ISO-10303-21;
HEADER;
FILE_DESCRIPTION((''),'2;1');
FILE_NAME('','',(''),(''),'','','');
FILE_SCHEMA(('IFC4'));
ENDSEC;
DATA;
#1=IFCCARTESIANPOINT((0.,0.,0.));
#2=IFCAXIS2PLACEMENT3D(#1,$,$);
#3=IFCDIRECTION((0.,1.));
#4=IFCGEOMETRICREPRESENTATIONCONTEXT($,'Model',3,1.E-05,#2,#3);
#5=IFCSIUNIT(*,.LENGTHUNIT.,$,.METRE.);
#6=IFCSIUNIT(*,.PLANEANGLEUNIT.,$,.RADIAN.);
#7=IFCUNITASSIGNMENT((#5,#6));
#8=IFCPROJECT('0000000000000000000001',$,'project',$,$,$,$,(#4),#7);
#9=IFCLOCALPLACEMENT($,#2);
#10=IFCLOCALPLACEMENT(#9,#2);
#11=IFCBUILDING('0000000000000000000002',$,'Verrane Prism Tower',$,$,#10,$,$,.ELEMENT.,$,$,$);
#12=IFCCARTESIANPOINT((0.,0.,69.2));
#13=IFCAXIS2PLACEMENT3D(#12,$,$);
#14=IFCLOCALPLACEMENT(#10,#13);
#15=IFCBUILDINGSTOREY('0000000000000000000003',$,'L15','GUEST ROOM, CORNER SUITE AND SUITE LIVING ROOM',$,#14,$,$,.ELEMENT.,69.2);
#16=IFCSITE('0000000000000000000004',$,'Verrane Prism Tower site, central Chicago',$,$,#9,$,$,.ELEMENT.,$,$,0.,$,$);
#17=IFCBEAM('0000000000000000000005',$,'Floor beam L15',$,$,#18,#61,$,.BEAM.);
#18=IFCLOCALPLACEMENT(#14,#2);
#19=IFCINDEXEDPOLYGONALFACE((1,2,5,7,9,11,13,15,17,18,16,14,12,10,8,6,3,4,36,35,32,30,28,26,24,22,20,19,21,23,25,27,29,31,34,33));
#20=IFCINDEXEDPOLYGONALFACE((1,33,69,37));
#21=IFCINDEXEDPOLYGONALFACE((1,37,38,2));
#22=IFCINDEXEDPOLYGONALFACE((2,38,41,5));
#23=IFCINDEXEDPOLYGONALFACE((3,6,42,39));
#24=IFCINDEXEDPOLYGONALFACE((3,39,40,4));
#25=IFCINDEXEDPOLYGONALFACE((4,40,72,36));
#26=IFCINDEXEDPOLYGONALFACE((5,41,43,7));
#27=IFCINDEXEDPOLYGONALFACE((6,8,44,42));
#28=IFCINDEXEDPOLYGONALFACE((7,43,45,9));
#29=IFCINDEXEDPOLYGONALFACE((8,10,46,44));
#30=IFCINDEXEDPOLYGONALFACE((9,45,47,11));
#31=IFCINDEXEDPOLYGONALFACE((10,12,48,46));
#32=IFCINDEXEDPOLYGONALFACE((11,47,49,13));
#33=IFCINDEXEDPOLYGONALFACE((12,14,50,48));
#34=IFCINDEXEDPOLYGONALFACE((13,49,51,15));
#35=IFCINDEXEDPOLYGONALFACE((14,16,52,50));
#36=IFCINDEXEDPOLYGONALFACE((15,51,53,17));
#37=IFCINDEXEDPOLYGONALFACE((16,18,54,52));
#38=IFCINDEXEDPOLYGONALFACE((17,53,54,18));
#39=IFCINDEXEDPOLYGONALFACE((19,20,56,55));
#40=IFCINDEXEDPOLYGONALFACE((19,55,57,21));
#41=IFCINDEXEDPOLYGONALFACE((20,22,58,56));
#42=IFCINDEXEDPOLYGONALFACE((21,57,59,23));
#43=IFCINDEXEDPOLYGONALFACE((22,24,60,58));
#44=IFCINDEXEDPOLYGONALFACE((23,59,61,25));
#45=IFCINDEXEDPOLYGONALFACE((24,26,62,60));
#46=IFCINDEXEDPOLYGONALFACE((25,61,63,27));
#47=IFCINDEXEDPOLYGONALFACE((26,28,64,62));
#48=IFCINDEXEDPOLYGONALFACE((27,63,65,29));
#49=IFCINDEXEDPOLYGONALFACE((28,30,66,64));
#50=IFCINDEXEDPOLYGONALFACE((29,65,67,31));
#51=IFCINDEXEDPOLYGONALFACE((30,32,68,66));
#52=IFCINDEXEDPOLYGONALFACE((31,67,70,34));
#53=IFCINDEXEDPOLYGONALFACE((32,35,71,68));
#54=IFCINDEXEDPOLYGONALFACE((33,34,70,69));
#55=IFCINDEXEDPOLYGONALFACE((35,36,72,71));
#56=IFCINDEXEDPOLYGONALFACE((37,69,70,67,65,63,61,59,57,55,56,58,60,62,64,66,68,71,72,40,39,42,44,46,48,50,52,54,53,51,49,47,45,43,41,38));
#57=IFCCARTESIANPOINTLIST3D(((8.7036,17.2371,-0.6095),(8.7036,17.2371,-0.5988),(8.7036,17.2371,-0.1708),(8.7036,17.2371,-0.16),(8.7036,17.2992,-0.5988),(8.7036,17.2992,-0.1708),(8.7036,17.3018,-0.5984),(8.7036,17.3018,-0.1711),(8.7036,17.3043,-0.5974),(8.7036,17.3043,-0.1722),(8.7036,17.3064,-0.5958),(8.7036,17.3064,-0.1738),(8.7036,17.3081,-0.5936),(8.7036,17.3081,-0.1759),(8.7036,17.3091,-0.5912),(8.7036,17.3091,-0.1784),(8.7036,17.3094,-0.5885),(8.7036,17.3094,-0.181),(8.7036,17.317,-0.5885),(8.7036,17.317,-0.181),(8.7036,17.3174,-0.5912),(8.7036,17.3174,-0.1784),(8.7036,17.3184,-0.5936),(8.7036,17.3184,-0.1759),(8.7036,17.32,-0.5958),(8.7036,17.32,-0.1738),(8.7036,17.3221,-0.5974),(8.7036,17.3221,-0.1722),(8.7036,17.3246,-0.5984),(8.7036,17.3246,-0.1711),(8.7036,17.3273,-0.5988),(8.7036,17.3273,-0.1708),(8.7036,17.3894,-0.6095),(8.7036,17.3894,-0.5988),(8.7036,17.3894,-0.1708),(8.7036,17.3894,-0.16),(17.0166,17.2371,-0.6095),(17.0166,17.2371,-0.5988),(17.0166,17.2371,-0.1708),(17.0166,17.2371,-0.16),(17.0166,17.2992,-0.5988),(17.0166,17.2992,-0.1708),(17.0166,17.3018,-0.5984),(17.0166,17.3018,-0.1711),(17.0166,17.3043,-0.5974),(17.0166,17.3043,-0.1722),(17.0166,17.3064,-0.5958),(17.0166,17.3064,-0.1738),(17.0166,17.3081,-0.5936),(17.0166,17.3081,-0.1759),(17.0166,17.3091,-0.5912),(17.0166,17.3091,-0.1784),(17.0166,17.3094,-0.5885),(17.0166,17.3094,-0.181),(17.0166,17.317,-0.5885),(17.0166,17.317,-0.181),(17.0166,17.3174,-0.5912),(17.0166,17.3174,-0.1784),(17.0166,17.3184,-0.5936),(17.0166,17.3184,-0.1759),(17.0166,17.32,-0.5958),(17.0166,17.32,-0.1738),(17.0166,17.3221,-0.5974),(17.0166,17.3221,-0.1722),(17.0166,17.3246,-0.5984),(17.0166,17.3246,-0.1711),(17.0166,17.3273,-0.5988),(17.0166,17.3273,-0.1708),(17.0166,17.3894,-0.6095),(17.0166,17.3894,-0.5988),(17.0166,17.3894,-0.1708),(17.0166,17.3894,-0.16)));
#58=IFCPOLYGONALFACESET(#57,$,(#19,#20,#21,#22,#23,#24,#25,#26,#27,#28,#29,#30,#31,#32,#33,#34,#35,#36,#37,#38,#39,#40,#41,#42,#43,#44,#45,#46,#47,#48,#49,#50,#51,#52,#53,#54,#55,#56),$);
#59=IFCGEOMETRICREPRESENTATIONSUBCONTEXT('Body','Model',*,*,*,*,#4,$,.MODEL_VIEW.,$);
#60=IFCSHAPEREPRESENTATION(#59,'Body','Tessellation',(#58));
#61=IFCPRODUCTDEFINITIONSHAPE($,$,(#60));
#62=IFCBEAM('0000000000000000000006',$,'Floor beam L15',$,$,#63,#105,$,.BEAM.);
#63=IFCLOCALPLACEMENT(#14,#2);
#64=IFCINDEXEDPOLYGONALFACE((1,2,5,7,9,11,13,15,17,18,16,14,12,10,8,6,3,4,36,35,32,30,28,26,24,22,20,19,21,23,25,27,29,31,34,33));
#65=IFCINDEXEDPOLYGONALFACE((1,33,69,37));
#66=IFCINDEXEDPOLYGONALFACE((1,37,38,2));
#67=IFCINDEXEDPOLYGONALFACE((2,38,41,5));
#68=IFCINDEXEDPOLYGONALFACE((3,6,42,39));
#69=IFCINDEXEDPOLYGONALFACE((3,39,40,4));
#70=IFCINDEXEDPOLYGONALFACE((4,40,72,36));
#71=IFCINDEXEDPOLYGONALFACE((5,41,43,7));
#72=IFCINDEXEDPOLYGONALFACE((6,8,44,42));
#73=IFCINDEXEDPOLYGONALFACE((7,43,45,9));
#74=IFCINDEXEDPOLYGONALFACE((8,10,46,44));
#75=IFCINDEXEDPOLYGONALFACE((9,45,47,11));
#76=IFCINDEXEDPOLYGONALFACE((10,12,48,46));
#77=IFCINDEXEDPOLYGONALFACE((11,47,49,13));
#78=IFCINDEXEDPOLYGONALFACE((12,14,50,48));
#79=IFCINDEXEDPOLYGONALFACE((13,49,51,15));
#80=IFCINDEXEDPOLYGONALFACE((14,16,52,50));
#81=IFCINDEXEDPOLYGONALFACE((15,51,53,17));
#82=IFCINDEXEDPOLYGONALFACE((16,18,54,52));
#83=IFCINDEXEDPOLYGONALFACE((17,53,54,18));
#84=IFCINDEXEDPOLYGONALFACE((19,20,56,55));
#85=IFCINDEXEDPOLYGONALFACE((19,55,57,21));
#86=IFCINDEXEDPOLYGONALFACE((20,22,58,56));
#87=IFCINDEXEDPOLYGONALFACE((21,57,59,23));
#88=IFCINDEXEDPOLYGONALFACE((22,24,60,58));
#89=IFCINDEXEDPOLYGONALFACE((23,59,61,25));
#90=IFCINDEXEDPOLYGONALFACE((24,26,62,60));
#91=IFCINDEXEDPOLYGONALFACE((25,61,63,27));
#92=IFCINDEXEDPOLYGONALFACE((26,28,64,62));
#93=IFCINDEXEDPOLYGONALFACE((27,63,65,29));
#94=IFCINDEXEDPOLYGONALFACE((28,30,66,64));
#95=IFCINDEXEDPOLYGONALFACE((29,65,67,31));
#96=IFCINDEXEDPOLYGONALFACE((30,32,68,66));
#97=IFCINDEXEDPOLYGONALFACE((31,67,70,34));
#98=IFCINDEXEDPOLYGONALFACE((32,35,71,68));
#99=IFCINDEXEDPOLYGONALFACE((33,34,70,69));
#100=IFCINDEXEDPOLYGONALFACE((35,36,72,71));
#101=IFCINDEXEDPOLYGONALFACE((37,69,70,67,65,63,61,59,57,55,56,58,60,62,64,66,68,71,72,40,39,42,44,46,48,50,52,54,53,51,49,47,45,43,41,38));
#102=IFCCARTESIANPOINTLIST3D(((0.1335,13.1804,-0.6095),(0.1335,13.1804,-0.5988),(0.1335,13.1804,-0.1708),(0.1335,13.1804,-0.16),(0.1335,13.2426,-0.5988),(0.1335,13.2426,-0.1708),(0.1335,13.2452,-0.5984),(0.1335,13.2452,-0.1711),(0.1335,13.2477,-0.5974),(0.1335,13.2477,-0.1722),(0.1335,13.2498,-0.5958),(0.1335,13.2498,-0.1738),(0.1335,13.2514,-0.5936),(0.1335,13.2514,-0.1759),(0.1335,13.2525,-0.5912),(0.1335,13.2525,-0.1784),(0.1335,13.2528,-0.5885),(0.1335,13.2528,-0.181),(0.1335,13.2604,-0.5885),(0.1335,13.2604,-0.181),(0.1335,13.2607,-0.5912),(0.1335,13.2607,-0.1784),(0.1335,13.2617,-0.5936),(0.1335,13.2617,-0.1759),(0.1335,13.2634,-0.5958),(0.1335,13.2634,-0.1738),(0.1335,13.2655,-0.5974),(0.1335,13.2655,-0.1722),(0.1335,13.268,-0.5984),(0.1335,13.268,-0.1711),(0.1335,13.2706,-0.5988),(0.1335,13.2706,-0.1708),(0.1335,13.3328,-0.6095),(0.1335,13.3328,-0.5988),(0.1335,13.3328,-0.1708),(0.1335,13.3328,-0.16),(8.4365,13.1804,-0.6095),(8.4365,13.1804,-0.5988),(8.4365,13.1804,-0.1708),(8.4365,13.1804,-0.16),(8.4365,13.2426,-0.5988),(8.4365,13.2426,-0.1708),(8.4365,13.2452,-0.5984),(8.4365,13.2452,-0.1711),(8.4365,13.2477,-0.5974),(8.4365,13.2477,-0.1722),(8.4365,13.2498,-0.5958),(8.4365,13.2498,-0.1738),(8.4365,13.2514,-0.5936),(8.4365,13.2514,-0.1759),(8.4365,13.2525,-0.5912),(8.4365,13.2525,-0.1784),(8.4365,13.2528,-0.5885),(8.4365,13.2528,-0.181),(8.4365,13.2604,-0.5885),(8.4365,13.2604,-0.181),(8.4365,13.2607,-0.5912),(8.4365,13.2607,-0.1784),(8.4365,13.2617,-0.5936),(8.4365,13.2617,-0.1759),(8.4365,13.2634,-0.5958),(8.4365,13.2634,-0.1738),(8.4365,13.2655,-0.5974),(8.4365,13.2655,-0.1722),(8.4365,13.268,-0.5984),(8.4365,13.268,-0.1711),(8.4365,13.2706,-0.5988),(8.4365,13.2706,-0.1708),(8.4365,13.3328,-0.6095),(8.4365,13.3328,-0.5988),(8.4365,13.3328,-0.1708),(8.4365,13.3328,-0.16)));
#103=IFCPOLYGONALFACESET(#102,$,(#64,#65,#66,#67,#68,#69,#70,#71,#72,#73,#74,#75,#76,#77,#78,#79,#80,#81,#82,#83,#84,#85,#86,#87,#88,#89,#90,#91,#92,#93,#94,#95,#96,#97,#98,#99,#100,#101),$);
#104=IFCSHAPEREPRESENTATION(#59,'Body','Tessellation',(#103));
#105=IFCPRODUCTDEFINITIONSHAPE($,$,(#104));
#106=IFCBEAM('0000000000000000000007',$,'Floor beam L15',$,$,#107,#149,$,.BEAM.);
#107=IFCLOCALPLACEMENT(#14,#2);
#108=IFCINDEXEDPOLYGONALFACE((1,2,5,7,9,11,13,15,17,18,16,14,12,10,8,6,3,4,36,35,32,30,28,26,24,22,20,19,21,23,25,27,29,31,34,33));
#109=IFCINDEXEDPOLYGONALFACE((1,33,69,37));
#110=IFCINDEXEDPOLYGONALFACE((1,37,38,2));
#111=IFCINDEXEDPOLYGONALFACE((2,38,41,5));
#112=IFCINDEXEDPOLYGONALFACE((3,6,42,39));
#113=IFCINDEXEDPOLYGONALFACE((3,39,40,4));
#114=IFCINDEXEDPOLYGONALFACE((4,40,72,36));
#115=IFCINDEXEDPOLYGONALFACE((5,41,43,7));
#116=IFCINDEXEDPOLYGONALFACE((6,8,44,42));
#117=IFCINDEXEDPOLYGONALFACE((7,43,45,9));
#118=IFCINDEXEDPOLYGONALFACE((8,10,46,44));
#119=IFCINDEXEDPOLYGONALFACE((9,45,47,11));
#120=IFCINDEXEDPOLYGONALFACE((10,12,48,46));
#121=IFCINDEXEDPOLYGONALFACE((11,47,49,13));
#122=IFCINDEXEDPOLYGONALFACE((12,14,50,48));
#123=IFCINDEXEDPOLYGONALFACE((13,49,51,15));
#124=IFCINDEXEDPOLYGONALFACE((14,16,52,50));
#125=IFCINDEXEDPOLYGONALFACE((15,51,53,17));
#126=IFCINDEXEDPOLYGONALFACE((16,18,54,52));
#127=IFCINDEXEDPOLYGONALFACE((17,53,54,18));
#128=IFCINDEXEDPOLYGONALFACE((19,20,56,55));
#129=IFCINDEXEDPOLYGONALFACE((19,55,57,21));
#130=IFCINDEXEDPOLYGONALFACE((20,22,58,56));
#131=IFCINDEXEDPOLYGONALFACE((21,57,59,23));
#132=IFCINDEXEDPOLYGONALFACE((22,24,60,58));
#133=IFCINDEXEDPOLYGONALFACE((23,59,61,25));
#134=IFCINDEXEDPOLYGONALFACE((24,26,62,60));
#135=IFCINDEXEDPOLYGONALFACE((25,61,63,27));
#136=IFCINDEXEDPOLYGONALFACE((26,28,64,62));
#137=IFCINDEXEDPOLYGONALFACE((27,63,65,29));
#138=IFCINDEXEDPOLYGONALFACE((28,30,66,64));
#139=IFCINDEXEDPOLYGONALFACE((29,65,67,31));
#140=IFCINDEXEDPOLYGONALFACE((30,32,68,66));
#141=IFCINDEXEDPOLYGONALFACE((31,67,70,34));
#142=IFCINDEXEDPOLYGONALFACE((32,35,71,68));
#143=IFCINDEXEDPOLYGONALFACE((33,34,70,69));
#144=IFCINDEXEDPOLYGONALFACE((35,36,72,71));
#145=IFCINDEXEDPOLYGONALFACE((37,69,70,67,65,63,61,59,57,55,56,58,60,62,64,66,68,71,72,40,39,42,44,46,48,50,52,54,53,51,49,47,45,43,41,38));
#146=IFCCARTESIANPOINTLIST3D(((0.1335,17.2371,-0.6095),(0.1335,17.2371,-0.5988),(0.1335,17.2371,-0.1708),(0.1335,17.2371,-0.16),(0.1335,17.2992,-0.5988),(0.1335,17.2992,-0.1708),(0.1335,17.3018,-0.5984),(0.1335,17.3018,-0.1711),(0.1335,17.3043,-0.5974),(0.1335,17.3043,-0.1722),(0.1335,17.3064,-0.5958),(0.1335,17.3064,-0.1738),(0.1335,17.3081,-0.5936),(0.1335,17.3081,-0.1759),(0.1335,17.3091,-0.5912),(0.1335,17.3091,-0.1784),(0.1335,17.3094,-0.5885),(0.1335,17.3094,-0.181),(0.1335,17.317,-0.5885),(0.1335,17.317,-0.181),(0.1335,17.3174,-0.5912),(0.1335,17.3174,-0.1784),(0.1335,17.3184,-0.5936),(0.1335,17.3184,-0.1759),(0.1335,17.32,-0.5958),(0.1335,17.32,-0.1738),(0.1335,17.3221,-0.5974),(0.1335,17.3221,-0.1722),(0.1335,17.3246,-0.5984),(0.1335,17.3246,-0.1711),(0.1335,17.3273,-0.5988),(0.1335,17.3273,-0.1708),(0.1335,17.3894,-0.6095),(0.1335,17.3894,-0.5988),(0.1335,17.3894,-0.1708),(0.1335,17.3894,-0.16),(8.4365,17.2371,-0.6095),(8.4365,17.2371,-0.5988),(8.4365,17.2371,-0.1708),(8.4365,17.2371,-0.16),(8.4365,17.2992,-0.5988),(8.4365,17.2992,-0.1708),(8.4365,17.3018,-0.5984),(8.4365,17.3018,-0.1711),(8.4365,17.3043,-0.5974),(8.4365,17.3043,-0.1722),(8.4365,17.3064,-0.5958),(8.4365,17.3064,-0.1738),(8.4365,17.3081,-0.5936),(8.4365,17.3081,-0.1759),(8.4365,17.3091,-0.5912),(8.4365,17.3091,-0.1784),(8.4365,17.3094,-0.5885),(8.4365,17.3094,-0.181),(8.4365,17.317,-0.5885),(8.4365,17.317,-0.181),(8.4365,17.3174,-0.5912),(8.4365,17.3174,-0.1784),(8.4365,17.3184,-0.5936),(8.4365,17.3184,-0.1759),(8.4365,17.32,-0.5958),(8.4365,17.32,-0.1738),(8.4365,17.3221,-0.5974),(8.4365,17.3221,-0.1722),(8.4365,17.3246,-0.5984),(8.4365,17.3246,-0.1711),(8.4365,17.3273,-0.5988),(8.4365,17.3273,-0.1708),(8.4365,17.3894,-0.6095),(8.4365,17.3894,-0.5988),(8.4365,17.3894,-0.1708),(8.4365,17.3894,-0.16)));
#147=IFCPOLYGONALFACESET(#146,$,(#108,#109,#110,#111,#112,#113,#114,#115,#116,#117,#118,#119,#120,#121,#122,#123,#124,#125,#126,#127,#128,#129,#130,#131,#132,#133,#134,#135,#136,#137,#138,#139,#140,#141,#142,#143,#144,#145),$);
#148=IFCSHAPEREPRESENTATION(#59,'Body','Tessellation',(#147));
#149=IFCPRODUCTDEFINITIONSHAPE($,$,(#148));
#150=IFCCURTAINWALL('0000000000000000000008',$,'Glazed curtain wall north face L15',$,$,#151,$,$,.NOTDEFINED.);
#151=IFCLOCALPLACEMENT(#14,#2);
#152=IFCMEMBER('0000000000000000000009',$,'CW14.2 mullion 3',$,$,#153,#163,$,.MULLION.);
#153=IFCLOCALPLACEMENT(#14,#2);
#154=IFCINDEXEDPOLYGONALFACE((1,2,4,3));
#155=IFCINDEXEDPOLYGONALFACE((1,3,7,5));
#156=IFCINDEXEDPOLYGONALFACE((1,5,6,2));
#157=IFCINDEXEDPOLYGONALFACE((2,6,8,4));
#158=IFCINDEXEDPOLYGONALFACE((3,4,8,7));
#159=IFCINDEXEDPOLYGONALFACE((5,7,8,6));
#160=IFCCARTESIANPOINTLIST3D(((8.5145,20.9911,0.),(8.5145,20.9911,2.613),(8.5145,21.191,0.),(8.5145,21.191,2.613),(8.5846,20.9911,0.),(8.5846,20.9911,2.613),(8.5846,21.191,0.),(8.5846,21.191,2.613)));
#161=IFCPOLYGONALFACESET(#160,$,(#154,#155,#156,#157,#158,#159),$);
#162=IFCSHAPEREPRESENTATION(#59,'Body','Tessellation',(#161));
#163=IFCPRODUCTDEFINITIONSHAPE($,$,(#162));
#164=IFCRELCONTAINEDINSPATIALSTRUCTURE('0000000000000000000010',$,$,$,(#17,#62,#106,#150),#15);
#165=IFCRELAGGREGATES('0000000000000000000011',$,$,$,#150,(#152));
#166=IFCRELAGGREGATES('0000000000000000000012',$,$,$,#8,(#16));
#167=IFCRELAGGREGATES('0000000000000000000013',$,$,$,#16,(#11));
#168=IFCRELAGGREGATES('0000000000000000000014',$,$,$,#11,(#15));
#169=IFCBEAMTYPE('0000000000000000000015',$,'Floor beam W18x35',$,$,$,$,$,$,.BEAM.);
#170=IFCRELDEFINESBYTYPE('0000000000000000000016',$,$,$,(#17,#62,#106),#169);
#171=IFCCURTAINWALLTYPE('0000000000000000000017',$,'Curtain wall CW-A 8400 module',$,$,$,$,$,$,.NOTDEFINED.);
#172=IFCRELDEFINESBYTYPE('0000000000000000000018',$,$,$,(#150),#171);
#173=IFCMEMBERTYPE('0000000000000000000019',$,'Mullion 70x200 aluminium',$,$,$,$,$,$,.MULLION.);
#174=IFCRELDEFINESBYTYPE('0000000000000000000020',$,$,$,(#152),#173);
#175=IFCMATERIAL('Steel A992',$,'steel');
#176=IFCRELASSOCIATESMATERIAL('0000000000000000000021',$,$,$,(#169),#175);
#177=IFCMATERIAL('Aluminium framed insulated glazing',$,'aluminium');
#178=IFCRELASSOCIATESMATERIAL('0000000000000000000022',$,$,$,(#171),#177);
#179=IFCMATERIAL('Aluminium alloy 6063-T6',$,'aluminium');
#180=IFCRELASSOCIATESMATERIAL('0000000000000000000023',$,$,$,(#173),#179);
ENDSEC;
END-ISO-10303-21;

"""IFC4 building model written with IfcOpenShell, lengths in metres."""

from ifc_helpers import new_model, si_unit, direction, frame, origin, origin_2d, place, context, subcontext, project, spatial, rectangle, i_section, extrude, material, material_profile, profile_set, type_object, element, aggregate, save


model = new_model("IFC4")

# Units and contexts
model_context = context("Model", 3, precision=1e-05, world=origin(), true_north=direction((0.0, 1.0)))
body_context = subcontext(model_context, "Body", "Model", "MODEL_VIEW")
ifc_project = project(units=[si_unit("LENGTHUNIT", "METRE"), si_unit("PLANEANGLEUNIT", "RADIAN")], contexts=[model_context])

# Site, building, storey
site_placement = place(None, origin())
site = spatial("IfcSite", under=ifc_project, at=site_placement, Name="Verrane Prism Tower site, central Chicago", CompositionType="ELEMENT", RefElevation=0.0)
building_placement = place(site_placement, origin())
building = spatial("IfcBuilding", under=site, at=building_placement, Name="Verrane Prism Tower", CompositionType="ELEMENT")
storey_placement = place(building_placement, frame((0.0, 0.0, 69.2)))
storey = spatial("IfcBuildingStorey", under=building, at=storey_placement, Name="L15", Description="GUEST ROOM, CORNER SUITE AND SUITE LIVING ROOM", CompositionType="ELEMENT", Elevation=69.2)

# Beams
ifc_material_1 = material(Name="Steel A992", Category="steel")
ifc_material_profile_1 = material_profile(ifc_material_1, i_section(OverallWidth=0.1523, OverallDepth=0.4495, WebThickness=0.0076, FlangeThickness=0.0107, FilletRadius=0.0103, at=origin_2d()), Name="W18x35")
ifc_profile_set_1 = profile_set([ifc_material_profile_1], Name="Steel A992")
beam_type_1 = type_object("IfcBeamType", Name="Floor beam W18x35", PredefinedType="BEAM", material=ifc_profile_set_1)
for number, where, z_axis, x_axis, name in (
    (1, (8.7036, 17.3132, -0.3848), (1.0, 0.0, 0.0), (0.0, 1.0, 0.0), "Floor beam L15"),
):
    element("IfcBeam", number, at=place(storey_placement, frame(where, z_axis=z_axis, x_axis=x_axis)), inside=storey, type_object=beam_type_1, Name=name, PredefinedType="BEAM", context=body_context, shape_type="SweptSolid", body=[
        extrude(i_section(OverallWidth=0.1523, OverallDepth=0.4495, WebThickness=0.0076, FlangeThickness=0.0107, FilletRadius=0.0103, at=origin_2d()), origin(), (0.0, 0.0, 1.0), 8.313),
    ])
for number, where, z_axis, x_axis, name in (
    (2, (0.1335, 13.2566, -0.3848), (1.0, 0.0, 0.0), (0.0, 1.0, 0.0), "Floor beam L15"),
    (3, (0.1335, 17.3132, -0.3848), (1.0, 0.0, 0.0), (0.0, 1.0, 0.0), "Floor beam L15"),
):
    element("IfcBeam", number, at=place(storey_placement, frame(where, z_axis=z_axis, x_axis=x_axis)), inside=storey, type_object=beam_type_1, Name=name, PredefinedType="BEAM", context=body_context, shape_type="SweptSolid", body=[
        extrude(i_section(OverallWidth=0.1523, OverallDepth=0.4495, WebThickness=0.0076, FlangeThickness=0.0107, FilletRadius=0.0103, at=origin_2d()), origin(), (0.0, 0.0, 1.0), 8.303),
    ])

# Curtain wall, member
ifc_material_2 = material(Name="Aluminium framed insulated glazing", Category="aluminium")
curtain_wall_type = type_object("IfcCurtainWallType", Name="Curtain wall CW-A 8400 module", PredefinedType="NOTDEFINED", material=ifc_material_2)
curtain_wall_placement = place(storey_placement, origin())
curtain_wall = element("IfcCurtainWall", 4, at=curtain_wall_placement, inside=storey, type_object=curtain_wall_type, Name="Glazed curtain wall north face L15", PredefinedType="NOTDEFINED")
ifc_material_3 = material(Name="Aluminium alloy 6063-T6", Category="aluminium")
ifc_material_profile_2 = material_profile(ifc_material_3, rectangle(XDim=0.2, YDim=0.0701, at=origin_2d()), Name="Mullion 70x200 aluminium")
ifc_profile_set_2 = profile_set([ifc_material_profile_2], Name="Aluminium alloy 6063-T6")
member_type_1 = type_object("IfcMemberType", Name="Mullion 70x200 aluminium", PredefinedType="MULLION", material=ifc_profile_set_2)
member_1_placement = place(storey_placement, frame((8.5496, 21.0911, 0.0), z_axis=(0.0, 0.0, 1.0), x_axis=(0.0, -1.0, 0.0)))
member_1 = element("IfcMember", 5, at=member_1_placement, type_object=member_type_1, Name="CW14.2 mullion 3", PredefinedType="MULLION", context=body_context, shape_type="SweptSolid", body=[
    extrude(rectangle(XDim=0.2, YDim=0.0701, at=origin_2d()), origin(), (0.0, 0.0, 1.0), 2.613),
])

aggregate(curtain_wall, [member_1])

save(model, "model.ifc")
